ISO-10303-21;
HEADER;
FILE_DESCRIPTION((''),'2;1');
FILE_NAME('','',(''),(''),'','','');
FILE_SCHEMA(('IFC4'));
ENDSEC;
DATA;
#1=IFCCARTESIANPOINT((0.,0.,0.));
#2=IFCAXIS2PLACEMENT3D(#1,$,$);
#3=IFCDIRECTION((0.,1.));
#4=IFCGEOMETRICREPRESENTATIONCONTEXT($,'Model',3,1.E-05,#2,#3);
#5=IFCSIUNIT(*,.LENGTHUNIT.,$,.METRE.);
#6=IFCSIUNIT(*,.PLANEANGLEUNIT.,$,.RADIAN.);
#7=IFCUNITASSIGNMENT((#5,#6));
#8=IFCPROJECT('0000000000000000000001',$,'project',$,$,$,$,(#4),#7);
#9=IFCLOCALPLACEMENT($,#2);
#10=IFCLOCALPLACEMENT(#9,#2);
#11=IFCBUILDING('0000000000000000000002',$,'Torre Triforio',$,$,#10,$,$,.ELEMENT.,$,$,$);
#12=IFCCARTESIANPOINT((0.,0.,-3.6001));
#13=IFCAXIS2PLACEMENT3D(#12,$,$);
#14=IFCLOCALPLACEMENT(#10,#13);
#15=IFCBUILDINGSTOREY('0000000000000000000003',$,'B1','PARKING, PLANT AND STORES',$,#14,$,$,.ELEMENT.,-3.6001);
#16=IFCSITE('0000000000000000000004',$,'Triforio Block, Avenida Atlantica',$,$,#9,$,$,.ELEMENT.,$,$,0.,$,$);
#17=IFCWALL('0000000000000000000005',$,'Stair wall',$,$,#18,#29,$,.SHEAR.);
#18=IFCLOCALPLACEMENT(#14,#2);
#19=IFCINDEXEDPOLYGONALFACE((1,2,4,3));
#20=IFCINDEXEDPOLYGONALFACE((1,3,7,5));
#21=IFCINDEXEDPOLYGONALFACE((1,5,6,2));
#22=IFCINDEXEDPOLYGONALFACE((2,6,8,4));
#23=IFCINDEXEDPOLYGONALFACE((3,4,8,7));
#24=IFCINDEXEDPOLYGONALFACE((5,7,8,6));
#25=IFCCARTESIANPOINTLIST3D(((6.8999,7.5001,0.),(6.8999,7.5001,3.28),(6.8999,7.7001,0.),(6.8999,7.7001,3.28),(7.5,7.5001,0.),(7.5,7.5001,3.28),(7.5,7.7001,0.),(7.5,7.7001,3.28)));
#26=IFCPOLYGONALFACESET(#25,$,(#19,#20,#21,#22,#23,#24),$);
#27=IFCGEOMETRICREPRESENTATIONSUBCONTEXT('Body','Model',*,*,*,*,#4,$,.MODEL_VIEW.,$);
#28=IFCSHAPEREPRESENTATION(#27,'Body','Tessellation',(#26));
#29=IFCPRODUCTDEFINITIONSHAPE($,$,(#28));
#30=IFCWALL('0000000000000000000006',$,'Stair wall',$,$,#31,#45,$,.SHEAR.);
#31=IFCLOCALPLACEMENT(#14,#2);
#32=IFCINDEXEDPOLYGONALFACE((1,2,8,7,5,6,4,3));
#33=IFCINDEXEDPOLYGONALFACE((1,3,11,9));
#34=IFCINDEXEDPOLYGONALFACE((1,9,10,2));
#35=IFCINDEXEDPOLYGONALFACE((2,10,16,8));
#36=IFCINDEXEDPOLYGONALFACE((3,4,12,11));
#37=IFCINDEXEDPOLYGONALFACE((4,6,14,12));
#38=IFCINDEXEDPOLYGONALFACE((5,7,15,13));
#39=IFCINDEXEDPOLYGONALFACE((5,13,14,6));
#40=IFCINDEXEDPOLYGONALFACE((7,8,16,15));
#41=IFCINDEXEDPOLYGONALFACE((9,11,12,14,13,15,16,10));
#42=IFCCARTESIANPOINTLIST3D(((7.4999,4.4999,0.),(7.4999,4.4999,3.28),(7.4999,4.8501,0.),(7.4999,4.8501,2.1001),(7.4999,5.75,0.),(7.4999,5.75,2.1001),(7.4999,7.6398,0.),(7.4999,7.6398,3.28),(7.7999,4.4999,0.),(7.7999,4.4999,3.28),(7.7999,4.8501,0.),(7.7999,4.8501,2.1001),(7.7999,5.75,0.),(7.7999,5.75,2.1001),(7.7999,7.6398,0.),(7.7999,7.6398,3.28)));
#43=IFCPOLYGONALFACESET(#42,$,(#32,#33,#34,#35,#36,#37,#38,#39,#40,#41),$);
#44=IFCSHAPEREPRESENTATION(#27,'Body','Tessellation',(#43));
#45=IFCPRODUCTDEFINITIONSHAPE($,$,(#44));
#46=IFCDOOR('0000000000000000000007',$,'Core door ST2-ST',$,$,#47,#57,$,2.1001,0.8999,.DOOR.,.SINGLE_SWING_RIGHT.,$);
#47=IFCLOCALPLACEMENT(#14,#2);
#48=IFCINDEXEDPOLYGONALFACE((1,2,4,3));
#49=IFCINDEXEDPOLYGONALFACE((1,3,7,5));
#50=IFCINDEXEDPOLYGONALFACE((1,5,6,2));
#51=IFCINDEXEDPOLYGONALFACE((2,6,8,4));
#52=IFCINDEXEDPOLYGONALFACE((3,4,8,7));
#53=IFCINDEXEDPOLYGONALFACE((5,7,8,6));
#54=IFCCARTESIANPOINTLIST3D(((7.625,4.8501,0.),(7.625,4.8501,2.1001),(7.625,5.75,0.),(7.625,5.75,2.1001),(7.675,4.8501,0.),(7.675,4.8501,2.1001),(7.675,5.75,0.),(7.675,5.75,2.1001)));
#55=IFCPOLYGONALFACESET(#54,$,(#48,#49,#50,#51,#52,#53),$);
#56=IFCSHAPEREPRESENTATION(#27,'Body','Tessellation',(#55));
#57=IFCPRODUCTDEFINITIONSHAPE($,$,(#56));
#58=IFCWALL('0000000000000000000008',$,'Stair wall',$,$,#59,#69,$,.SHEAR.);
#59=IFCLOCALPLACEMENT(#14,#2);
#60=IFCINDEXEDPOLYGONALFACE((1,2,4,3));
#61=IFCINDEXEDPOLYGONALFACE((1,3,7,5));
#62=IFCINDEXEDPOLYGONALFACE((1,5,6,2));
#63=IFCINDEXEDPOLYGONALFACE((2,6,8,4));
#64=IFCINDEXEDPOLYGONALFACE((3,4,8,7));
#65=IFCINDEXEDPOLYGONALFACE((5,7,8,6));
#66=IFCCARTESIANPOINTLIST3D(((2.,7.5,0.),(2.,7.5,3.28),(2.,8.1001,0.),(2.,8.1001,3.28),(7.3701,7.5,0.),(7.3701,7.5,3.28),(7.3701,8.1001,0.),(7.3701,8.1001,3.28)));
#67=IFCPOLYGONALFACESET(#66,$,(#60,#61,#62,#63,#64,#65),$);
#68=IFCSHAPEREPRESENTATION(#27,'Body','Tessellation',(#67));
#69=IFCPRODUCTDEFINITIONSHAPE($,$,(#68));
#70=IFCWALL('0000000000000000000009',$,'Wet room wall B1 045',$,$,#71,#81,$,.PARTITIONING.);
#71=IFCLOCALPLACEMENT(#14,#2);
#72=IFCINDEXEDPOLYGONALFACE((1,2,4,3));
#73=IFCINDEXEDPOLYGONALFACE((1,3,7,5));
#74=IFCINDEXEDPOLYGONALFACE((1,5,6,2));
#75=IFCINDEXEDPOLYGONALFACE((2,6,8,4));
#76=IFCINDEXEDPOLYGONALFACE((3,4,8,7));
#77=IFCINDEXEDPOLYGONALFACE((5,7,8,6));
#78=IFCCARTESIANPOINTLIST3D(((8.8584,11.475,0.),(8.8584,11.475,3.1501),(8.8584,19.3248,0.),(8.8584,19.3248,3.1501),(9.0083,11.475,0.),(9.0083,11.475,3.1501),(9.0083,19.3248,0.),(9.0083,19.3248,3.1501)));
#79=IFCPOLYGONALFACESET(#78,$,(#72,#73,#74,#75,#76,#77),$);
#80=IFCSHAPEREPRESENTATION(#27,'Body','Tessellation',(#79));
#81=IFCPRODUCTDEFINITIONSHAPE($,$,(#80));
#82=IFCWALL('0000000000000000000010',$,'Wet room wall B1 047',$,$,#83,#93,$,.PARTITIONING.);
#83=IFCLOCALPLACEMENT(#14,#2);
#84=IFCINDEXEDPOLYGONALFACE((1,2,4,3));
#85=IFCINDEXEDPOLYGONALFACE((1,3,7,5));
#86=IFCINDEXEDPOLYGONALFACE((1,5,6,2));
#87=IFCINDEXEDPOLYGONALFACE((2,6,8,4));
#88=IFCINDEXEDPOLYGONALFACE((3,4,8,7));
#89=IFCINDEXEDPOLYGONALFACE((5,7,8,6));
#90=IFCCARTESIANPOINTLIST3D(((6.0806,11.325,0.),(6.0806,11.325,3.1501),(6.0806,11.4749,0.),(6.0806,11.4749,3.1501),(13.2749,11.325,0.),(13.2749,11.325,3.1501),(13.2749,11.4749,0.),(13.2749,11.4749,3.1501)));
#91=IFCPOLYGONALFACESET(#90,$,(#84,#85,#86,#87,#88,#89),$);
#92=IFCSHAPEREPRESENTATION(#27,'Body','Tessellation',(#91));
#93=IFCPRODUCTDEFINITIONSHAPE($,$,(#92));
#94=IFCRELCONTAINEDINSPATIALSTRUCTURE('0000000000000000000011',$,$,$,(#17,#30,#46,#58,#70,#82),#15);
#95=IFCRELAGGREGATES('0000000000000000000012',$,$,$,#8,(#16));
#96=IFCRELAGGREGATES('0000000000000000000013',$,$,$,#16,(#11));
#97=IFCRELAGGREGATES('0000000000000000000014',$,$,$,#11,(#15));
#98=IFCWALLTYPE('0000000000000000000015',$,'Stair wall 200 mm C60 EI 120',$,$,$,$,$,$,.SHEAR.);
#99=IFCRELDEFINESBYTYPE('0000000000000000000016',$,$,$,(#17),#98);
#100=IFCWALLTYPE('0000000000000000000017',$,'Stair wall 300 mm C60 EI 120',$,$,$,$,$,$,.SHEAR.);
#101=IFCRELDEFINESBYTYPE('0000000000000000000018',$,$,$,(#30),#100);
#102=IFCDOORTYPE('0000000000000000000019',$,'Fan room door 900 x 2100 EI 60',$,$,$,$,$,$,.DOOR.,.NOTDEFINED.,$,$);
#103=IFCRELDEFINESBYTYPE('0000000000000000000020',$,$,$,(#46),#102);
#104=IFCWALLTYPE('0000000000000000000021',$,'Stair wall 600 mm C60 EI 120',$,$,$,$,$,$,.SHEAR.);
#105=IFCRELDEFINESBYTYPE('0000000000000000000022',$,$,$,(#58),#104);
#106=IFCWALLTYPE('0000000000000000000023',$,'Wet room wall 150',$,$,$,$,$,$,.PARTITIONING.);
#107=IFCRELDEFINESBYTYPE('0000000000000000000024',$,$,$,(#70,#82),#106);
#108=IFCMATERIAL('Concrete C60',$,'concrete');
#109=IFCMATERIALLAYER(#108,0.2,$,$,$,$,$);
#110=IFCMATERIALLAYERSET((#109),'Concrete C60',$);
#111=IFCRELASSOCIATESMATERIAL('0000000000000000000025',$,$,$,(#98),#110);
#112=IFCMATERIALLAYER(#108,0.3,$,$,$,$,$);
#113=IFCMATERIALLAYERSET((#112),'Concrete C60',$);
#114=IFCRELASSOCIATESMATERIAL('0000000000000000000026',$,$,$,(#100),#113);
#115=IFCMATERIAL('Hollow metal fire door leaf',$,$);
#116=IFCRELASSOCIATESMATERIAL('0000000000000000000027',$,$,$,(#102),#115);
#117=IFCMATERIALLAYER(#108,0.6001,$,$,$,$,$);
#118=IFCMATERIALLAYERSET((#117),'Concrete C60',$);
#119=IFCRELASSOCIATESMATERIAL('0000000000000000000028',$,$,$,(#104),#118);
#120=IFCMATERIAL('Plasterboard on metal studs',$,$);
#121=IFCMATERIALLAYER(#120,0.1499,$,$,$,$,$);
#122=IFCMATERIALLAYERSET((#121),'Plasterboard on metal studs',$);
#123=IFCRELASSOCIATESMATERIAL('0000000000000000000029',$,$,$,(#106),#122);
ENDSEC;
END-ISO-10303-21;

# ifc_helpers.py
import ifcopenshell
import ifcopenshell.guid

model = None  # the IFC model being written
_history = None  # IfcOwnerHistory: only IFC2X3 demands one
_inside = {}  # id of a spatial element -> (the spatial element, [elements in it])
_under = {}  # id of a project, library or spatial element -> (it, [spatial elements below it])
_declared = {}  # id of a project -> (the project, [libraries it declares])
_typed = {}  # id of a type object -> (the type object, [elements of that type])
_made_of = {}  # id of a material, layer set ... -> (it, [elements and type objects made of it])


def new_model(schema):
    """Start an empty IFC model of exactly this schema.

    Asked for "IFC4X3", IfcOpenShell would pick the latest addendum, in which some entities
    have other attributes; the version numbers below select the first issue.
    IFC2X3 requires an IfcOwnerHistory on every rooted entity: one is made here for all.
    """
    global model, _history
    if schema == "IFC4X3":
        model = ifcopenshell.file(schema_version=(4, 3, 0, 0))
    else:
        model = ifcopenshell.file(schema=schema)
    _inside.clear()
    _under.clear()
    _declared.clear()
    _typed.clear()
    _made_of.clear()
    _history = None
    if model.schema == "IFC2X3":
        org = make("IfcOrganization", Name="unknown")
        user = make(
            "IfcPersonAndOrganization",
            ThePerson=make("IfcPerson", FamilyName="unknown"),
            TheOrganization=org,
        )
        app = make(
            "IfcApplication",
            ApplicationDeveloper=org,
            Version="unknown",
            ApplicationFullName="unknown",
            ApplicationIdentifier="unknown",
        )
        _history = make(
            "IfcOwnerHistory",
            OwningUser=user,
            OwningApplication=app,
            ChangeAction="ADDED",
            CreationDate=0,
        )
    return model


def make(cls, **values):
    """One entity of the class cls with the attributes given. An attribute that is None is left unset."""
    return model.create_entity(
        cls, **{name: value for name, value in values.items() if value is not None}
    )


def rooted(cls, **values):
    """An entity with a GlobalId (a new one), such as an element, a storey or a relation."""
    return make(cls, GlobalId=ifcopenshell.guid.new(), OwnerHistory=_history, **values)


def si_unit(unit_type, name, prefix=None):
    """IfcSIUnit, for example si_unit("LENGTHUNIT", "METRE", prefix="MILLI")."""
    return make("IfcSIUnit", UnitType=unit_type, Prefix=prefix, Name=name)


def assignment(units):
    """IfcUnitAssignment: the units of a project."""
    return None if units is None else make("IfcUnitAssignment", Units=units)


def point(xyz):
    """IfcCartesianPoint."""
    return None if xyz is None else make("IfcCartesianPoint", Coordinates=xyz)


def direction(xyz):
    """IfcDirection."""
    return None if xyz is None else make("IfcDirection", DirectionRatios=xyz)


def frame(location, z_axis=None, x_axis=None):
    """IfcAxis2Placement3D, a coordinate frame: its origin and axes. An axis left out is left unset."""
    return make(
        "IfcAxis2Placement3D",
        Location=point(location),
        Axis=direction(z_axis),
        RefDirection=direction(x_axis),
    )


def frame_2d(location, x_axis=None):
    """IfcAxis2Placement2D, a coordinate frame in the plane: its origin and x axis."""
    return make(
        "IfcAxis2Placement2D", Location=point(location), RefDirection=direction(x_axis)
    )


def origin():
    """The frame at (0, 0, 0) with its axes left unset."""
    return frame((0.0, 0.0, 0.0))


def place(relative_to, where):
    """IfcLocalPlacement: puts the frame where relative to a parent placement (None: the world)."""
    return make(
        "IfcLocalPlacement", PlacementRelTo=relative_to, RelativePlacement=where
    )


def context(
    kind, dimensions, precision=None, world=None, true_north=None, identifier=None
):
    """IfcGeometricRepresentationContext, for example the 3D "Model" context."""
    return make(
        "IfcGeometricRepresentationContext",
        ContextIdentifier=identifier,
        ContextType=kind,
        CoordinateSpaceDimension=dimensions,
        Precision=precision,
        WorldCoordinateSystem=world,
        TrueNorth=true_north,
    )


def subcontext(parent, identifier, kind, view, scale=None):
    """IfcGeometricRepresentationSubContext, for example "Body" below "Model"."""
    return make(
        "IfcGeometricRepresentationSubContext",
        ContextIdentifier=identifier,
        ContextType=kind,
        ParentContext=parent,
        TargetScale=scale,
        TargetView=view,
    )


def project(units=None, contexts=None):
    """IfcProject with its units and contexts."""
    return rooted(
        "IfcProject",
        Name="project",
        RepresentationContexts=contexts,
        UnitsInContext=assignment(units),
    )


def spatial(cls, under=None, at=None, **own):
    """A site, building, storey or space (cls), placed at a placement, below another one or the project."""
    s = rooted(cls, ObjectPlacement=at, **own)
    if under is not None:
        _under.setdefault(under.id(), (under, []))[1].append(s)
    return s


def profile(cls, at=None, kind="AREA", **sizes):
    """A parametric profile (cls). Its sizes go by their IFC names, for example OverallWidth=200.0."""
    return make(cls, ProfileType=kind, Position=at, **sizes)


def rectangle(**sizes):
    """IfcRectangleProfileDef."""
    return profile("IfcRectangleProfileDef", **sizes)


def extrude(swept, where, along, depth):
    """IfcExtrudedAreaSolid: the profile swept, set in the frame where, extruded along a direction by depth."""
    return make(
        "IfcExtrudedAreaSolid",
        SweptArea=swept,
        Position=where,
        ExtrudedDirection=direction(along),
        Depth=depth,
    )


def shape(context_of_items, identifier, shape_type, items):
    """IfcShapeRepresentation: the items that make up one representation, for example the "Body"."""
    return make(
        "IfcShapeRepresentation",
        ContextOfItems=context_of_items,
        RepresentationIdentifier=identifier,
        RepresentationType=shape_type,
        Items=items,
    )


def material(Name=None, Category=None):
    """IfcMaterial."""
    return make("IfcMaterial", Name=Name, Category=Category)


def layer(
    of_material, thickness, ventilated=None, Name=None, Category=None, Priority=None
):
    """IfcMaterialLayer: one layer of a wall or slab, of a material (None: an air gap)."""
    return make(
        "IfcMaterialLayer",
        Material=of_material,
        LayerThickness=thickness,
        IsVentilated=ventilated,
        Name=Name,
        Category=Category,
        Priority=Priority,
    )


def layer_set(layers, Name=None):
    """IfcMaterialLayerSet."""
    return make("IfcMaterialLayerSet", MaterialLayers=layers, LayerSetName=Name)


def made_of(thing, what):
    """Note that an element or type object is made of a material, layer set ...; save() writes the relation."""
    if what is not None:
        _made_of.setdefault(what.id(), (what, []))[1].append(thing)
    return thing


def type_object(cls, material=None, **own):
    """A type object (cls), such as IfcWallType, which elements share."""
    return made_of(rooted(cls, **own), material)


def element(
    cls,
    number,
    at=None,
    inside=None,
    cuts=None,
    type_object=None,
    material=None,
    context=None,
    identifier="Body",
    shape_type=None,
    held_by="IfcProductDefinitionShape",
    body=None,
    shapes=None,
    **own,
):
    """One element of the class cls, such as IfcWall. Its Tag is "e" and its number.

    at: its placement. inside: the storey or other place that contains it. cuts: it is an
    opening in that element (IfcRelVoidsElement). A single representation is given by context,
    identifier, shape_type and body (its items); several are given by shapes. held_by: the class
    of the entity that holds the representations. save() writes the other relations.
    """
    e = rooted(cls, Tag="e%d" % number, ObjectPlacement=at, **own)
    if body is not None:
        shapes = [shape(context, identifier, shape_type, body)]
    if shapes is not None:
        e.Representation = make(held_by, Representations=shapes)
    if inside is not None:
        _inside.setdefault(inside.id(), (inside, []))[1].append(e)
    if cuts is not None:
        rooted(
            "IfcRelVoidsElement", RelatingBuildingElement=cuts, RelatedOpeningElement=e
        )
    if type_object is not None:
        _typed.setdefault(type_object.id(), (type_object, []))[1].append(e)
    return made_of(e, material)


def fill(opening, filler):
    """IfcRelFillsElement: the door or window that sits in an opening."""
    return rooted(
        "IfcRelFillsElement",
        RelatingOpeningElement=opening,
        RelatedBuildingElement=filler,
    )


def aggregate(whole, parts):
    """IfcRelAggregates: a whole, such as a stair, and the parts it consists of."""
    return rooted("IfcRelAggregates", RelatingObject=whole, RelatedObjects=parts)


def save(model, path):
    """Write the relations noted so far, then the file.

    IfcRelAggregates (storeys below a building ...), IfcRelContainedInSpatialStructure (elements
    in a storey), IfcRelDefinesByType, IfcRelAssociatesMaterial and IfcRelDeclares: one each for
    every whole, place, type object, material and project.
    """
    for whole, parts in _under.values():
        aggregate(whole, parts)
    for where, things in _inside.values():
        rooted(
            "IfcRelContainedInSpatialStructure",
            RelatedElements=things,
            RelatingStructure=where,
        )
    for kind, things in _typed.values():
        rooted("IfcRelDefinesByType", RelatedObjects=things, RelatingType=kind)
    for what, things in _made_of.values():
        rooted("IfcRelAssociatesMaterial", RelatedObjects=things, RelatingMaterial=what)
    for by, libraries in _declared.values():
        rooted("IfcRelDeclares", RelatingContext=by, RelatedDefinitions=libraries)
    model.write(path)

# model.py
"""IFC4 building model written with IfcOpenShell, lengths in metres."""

from ifc_helpers import new_model, si_unit, direction, frame, frame_2d, origin, place, context, subcontext, project, spatial, rectangle, extrude, material, layer, layer_set, type_object, element, fill, save


model = new_model("IFC4")

# Units and contexts
model_context = context("Model", 3, precision=1e-05, world=origin(), true_north=direction((0.0, 1.0)))
body_context = subcontext(model_context, "Body", "Model", "MODEL_VIEW")
ifc_project = project(units=[si_unit("LENGTHUNIT", "METRE"), si_unit("PLANEANGLEUNIT", "RADIAN")], contexts=[model_context])

# Site, building, storey
site_placement = place(None, origin())
site = spatial("IfcSite", under=ifc_project, at=site_placement, Name="Triforio Block, Avenida Atlantica", CompositionType="ELEMENT", RefElevation=0.0)
building_placement = place(site_placement, origin())
building = spatial("IfcBuilding", under=site, at=building_placement, Name="Torre Triforio", CompositionType="ELEMENT")
storey_placement = place(building_placement, frame((0.0, 0.0, -3.6001)))
storey = spatial("IfcBuildingStorey", under=building, at=storey_placement, Name="B1", Description="PARKING, PLANT AND STORES", CompositionType="ELEMENT", Elevation=-3.6001)

# Shared definitions
ifc_material_1 = material(Name="Concrete C60", Category="concrete")

# Shared definitions
ifc_material_2 = material(Name="Hollow metal fire door leaf")

# Wall
ifc_layer_1 = layer(ifc_material_1, 0.2)
ifc_layer_set_1 = layer_set([ifc_layer_1], Name="Concrete C60")
wall_type_1 = type_object("IfcWallType", Name="Stair wall 200 mm C60 EI 120", PredefinedType="SHEAR", material=ifc_layer_set_1)
wall_1_placement = place(storey_placement, frame((6.8999, 7.6001, 0.0), z_axis=(0.0, 0.0, 1.0), x_axis=(1.0, 0.0, 0.0)))
element("IfcWall", 1, at=wall_1_placement, inside=storey, type_object=wall_type_1, Name="Stair wall", PredefinedType="SHEAR", context=body_context, shape_type="SweptSolid", body=[
    extrude(rectangle(XDim=0.6001, YDim=0.2, at=frame_2d((0.3, 0.0))), origin(), (0.0, 0.0, 1.0), 3.28),
])

# Wall, opening, door
ifc_layer_2 = layer(ifc_material_1, 0.3)
ifc_layer_set_2 = layer_set([ifc_layer_2], Name="Concrete C60")
wall_type_2 = type_object("IfcWallType", Name="Stair wall 300 mm C60 EI 120", PredefinedType="SHEAR", material=ifc_layer_set_2)
wall_2_placement = place(storey_placement, frame((7.6499, 4.5, 0.0), z_axis=(0.0, 0.0, 1.0), x_axis=(0.0, 1.0, 0.0)))
wall_2 = element("IfcWall", 2, at=wall_2_placement, inside=storey, type_object=wall_type_2, Name="Stair wall", PredefinedType="SHEAR", context=body_context, shape_type="SweptSolid", body=[
    extrude(rectangle(XDim=3.1399, YDim=0.3, at=frame_2d((1.5698, 0.0))), origin(), (0.0, 0.0, 1.0), 3.28),
])
opening_1_placement = place(wall_2_placement, frame((0.3501, 0.0, 0.0)))
opening_1 = element("IfcOpeningElement", 3, at=opening_1_placement, cuts=wall_2, PredefinedType="OPENING", context=body_context, shape_type="SweptSolid", body=[
    extrude(rectangle(XDim=0.8999, YDim=2.1001, at=frame_2d((0.45, 1.05))), frame((0.0, 0.1599, 0.0), z_axis=(0.0, -1.0, 0.0), x_axis=(1.0, 0.0, 0.0)), (0.0, 0.0, 1.0), 0.3201),
])
door_type_1 = type_object("IfcDoorType", Name="Fan room door 900 x 2100 EI 60", OperationType="NOTDEFINED", PredefinedType="DOOR", material=ifc_material_2)
door_1_placement = place(opening_1_placement, origin())
door_1 = element("IfcDoor", 4, at=door_1_placement, inside=storey, type_object=door_type_1, Name="Core door ST2-ST", OperationType="SINGLE_SWING_RIGHT", OverallHeight=2.1001, OverallWidth=0.8999, PredefinedType="DOOR", context=body_context, shape_type="SweptSolid", body=[
    extrude(rectangle(XDim=0.8999, YDim=2.1001, at=frame_2d((0.45, 1.05))), frame((0.0, 0.0249, 0.0), z_axis=(0.0, -1.0, 0.0), x_axis=(1.0, 0.0, 0.0)), (0.0, 0.0, 1.0), 0.05),
])
fill(opening_1, door_1)

# Walls
ifc_layer_3 = layer(ifc_material_1, 0.6001)
ifc_layer_set_3 = layer_set([ifc_layer_3], Name="Concrete C60")
wall_type_3 = type_object("IfcWallType", Name="Stair wall 600 mm C60 EI 120", PredefinedType="SHEAR", material=ifc_layer_set_3)
wall_3_placement = place(storey_placement, frame((2.0, 7.8, 0.0), z_axis=(0.0, 0.0, 1.0), x_axis=(1.0, 0.0, 0.0)))
element("IfcWall", 5, at=wall_3_placement, inside=storey, type_object=wall_type_3, Name="Stair wall", PredefinedType="SHEAR", context=body_context, shape_type="SweptSolid", body=[
    extrude(rectangle(XDim=5.3701, YDim=0.6001, at=frame_2d((2.6851, 0.0))), origin(), (0.0, 0.0, 1.0), 3.28),
])
ifc_material_3 = material(Name="Plasterboard on metal studs")
ifc_layer_4 = layer(ifc_material_3, 0.1499)
ifc_layer_set_4 = layer_set([ifc_layer_4], Name="Plasterboard on metal studs")
wall_type_4 = type_object("IfcWallType", Name="Wet room wall 150", PredefinedType="PARTITIONING", material=ifc_layer_set_4)
wall_4_placement = place(storey_placement, frame((8.9333, 11.4751, 0.0), z_axis=(0.0, 0.0, 1.0), x_axis=(0.0, 1.0, 0.0)))
element("IfcWall", 6, at=wall_4_placement, inside=storey, type_object=wall_type_4, Name="Wet room wall B1 045", PredefinedType="PARTITIONING", context=body_context, shape_type="SweptSolid", body=[
    extrude(rectangle(XDim=7.8499, YDim=0.1499, at=frame_2d((3.9248, 0.0))), origin(), (0.0, 0.0, 1.0), 3.1501),
])
wall_5_placement = place(storey_placement, frame((6.0806, 11.3999, 0.0), z_axis=(0.0, 0.0, 1.0), x_axis=(1.0, 0.0, 0.0)))
element("IfcWall", 7, at=wall_5_placement, inside=storey, type_object=wall_type_4, Name="Wet room wall B1 047", PredefinedType="PARTITIONING", context=body_context, shape_type="SweptSolid", body=[
    extrude(rectangle(XDim=7.1943, YDim=0.1499, at=frame_2d((3.5972, 0.0))), origin(), (0.0, 0.0, 1.0), 3.1501),
])

save(model, "model.ifc")
